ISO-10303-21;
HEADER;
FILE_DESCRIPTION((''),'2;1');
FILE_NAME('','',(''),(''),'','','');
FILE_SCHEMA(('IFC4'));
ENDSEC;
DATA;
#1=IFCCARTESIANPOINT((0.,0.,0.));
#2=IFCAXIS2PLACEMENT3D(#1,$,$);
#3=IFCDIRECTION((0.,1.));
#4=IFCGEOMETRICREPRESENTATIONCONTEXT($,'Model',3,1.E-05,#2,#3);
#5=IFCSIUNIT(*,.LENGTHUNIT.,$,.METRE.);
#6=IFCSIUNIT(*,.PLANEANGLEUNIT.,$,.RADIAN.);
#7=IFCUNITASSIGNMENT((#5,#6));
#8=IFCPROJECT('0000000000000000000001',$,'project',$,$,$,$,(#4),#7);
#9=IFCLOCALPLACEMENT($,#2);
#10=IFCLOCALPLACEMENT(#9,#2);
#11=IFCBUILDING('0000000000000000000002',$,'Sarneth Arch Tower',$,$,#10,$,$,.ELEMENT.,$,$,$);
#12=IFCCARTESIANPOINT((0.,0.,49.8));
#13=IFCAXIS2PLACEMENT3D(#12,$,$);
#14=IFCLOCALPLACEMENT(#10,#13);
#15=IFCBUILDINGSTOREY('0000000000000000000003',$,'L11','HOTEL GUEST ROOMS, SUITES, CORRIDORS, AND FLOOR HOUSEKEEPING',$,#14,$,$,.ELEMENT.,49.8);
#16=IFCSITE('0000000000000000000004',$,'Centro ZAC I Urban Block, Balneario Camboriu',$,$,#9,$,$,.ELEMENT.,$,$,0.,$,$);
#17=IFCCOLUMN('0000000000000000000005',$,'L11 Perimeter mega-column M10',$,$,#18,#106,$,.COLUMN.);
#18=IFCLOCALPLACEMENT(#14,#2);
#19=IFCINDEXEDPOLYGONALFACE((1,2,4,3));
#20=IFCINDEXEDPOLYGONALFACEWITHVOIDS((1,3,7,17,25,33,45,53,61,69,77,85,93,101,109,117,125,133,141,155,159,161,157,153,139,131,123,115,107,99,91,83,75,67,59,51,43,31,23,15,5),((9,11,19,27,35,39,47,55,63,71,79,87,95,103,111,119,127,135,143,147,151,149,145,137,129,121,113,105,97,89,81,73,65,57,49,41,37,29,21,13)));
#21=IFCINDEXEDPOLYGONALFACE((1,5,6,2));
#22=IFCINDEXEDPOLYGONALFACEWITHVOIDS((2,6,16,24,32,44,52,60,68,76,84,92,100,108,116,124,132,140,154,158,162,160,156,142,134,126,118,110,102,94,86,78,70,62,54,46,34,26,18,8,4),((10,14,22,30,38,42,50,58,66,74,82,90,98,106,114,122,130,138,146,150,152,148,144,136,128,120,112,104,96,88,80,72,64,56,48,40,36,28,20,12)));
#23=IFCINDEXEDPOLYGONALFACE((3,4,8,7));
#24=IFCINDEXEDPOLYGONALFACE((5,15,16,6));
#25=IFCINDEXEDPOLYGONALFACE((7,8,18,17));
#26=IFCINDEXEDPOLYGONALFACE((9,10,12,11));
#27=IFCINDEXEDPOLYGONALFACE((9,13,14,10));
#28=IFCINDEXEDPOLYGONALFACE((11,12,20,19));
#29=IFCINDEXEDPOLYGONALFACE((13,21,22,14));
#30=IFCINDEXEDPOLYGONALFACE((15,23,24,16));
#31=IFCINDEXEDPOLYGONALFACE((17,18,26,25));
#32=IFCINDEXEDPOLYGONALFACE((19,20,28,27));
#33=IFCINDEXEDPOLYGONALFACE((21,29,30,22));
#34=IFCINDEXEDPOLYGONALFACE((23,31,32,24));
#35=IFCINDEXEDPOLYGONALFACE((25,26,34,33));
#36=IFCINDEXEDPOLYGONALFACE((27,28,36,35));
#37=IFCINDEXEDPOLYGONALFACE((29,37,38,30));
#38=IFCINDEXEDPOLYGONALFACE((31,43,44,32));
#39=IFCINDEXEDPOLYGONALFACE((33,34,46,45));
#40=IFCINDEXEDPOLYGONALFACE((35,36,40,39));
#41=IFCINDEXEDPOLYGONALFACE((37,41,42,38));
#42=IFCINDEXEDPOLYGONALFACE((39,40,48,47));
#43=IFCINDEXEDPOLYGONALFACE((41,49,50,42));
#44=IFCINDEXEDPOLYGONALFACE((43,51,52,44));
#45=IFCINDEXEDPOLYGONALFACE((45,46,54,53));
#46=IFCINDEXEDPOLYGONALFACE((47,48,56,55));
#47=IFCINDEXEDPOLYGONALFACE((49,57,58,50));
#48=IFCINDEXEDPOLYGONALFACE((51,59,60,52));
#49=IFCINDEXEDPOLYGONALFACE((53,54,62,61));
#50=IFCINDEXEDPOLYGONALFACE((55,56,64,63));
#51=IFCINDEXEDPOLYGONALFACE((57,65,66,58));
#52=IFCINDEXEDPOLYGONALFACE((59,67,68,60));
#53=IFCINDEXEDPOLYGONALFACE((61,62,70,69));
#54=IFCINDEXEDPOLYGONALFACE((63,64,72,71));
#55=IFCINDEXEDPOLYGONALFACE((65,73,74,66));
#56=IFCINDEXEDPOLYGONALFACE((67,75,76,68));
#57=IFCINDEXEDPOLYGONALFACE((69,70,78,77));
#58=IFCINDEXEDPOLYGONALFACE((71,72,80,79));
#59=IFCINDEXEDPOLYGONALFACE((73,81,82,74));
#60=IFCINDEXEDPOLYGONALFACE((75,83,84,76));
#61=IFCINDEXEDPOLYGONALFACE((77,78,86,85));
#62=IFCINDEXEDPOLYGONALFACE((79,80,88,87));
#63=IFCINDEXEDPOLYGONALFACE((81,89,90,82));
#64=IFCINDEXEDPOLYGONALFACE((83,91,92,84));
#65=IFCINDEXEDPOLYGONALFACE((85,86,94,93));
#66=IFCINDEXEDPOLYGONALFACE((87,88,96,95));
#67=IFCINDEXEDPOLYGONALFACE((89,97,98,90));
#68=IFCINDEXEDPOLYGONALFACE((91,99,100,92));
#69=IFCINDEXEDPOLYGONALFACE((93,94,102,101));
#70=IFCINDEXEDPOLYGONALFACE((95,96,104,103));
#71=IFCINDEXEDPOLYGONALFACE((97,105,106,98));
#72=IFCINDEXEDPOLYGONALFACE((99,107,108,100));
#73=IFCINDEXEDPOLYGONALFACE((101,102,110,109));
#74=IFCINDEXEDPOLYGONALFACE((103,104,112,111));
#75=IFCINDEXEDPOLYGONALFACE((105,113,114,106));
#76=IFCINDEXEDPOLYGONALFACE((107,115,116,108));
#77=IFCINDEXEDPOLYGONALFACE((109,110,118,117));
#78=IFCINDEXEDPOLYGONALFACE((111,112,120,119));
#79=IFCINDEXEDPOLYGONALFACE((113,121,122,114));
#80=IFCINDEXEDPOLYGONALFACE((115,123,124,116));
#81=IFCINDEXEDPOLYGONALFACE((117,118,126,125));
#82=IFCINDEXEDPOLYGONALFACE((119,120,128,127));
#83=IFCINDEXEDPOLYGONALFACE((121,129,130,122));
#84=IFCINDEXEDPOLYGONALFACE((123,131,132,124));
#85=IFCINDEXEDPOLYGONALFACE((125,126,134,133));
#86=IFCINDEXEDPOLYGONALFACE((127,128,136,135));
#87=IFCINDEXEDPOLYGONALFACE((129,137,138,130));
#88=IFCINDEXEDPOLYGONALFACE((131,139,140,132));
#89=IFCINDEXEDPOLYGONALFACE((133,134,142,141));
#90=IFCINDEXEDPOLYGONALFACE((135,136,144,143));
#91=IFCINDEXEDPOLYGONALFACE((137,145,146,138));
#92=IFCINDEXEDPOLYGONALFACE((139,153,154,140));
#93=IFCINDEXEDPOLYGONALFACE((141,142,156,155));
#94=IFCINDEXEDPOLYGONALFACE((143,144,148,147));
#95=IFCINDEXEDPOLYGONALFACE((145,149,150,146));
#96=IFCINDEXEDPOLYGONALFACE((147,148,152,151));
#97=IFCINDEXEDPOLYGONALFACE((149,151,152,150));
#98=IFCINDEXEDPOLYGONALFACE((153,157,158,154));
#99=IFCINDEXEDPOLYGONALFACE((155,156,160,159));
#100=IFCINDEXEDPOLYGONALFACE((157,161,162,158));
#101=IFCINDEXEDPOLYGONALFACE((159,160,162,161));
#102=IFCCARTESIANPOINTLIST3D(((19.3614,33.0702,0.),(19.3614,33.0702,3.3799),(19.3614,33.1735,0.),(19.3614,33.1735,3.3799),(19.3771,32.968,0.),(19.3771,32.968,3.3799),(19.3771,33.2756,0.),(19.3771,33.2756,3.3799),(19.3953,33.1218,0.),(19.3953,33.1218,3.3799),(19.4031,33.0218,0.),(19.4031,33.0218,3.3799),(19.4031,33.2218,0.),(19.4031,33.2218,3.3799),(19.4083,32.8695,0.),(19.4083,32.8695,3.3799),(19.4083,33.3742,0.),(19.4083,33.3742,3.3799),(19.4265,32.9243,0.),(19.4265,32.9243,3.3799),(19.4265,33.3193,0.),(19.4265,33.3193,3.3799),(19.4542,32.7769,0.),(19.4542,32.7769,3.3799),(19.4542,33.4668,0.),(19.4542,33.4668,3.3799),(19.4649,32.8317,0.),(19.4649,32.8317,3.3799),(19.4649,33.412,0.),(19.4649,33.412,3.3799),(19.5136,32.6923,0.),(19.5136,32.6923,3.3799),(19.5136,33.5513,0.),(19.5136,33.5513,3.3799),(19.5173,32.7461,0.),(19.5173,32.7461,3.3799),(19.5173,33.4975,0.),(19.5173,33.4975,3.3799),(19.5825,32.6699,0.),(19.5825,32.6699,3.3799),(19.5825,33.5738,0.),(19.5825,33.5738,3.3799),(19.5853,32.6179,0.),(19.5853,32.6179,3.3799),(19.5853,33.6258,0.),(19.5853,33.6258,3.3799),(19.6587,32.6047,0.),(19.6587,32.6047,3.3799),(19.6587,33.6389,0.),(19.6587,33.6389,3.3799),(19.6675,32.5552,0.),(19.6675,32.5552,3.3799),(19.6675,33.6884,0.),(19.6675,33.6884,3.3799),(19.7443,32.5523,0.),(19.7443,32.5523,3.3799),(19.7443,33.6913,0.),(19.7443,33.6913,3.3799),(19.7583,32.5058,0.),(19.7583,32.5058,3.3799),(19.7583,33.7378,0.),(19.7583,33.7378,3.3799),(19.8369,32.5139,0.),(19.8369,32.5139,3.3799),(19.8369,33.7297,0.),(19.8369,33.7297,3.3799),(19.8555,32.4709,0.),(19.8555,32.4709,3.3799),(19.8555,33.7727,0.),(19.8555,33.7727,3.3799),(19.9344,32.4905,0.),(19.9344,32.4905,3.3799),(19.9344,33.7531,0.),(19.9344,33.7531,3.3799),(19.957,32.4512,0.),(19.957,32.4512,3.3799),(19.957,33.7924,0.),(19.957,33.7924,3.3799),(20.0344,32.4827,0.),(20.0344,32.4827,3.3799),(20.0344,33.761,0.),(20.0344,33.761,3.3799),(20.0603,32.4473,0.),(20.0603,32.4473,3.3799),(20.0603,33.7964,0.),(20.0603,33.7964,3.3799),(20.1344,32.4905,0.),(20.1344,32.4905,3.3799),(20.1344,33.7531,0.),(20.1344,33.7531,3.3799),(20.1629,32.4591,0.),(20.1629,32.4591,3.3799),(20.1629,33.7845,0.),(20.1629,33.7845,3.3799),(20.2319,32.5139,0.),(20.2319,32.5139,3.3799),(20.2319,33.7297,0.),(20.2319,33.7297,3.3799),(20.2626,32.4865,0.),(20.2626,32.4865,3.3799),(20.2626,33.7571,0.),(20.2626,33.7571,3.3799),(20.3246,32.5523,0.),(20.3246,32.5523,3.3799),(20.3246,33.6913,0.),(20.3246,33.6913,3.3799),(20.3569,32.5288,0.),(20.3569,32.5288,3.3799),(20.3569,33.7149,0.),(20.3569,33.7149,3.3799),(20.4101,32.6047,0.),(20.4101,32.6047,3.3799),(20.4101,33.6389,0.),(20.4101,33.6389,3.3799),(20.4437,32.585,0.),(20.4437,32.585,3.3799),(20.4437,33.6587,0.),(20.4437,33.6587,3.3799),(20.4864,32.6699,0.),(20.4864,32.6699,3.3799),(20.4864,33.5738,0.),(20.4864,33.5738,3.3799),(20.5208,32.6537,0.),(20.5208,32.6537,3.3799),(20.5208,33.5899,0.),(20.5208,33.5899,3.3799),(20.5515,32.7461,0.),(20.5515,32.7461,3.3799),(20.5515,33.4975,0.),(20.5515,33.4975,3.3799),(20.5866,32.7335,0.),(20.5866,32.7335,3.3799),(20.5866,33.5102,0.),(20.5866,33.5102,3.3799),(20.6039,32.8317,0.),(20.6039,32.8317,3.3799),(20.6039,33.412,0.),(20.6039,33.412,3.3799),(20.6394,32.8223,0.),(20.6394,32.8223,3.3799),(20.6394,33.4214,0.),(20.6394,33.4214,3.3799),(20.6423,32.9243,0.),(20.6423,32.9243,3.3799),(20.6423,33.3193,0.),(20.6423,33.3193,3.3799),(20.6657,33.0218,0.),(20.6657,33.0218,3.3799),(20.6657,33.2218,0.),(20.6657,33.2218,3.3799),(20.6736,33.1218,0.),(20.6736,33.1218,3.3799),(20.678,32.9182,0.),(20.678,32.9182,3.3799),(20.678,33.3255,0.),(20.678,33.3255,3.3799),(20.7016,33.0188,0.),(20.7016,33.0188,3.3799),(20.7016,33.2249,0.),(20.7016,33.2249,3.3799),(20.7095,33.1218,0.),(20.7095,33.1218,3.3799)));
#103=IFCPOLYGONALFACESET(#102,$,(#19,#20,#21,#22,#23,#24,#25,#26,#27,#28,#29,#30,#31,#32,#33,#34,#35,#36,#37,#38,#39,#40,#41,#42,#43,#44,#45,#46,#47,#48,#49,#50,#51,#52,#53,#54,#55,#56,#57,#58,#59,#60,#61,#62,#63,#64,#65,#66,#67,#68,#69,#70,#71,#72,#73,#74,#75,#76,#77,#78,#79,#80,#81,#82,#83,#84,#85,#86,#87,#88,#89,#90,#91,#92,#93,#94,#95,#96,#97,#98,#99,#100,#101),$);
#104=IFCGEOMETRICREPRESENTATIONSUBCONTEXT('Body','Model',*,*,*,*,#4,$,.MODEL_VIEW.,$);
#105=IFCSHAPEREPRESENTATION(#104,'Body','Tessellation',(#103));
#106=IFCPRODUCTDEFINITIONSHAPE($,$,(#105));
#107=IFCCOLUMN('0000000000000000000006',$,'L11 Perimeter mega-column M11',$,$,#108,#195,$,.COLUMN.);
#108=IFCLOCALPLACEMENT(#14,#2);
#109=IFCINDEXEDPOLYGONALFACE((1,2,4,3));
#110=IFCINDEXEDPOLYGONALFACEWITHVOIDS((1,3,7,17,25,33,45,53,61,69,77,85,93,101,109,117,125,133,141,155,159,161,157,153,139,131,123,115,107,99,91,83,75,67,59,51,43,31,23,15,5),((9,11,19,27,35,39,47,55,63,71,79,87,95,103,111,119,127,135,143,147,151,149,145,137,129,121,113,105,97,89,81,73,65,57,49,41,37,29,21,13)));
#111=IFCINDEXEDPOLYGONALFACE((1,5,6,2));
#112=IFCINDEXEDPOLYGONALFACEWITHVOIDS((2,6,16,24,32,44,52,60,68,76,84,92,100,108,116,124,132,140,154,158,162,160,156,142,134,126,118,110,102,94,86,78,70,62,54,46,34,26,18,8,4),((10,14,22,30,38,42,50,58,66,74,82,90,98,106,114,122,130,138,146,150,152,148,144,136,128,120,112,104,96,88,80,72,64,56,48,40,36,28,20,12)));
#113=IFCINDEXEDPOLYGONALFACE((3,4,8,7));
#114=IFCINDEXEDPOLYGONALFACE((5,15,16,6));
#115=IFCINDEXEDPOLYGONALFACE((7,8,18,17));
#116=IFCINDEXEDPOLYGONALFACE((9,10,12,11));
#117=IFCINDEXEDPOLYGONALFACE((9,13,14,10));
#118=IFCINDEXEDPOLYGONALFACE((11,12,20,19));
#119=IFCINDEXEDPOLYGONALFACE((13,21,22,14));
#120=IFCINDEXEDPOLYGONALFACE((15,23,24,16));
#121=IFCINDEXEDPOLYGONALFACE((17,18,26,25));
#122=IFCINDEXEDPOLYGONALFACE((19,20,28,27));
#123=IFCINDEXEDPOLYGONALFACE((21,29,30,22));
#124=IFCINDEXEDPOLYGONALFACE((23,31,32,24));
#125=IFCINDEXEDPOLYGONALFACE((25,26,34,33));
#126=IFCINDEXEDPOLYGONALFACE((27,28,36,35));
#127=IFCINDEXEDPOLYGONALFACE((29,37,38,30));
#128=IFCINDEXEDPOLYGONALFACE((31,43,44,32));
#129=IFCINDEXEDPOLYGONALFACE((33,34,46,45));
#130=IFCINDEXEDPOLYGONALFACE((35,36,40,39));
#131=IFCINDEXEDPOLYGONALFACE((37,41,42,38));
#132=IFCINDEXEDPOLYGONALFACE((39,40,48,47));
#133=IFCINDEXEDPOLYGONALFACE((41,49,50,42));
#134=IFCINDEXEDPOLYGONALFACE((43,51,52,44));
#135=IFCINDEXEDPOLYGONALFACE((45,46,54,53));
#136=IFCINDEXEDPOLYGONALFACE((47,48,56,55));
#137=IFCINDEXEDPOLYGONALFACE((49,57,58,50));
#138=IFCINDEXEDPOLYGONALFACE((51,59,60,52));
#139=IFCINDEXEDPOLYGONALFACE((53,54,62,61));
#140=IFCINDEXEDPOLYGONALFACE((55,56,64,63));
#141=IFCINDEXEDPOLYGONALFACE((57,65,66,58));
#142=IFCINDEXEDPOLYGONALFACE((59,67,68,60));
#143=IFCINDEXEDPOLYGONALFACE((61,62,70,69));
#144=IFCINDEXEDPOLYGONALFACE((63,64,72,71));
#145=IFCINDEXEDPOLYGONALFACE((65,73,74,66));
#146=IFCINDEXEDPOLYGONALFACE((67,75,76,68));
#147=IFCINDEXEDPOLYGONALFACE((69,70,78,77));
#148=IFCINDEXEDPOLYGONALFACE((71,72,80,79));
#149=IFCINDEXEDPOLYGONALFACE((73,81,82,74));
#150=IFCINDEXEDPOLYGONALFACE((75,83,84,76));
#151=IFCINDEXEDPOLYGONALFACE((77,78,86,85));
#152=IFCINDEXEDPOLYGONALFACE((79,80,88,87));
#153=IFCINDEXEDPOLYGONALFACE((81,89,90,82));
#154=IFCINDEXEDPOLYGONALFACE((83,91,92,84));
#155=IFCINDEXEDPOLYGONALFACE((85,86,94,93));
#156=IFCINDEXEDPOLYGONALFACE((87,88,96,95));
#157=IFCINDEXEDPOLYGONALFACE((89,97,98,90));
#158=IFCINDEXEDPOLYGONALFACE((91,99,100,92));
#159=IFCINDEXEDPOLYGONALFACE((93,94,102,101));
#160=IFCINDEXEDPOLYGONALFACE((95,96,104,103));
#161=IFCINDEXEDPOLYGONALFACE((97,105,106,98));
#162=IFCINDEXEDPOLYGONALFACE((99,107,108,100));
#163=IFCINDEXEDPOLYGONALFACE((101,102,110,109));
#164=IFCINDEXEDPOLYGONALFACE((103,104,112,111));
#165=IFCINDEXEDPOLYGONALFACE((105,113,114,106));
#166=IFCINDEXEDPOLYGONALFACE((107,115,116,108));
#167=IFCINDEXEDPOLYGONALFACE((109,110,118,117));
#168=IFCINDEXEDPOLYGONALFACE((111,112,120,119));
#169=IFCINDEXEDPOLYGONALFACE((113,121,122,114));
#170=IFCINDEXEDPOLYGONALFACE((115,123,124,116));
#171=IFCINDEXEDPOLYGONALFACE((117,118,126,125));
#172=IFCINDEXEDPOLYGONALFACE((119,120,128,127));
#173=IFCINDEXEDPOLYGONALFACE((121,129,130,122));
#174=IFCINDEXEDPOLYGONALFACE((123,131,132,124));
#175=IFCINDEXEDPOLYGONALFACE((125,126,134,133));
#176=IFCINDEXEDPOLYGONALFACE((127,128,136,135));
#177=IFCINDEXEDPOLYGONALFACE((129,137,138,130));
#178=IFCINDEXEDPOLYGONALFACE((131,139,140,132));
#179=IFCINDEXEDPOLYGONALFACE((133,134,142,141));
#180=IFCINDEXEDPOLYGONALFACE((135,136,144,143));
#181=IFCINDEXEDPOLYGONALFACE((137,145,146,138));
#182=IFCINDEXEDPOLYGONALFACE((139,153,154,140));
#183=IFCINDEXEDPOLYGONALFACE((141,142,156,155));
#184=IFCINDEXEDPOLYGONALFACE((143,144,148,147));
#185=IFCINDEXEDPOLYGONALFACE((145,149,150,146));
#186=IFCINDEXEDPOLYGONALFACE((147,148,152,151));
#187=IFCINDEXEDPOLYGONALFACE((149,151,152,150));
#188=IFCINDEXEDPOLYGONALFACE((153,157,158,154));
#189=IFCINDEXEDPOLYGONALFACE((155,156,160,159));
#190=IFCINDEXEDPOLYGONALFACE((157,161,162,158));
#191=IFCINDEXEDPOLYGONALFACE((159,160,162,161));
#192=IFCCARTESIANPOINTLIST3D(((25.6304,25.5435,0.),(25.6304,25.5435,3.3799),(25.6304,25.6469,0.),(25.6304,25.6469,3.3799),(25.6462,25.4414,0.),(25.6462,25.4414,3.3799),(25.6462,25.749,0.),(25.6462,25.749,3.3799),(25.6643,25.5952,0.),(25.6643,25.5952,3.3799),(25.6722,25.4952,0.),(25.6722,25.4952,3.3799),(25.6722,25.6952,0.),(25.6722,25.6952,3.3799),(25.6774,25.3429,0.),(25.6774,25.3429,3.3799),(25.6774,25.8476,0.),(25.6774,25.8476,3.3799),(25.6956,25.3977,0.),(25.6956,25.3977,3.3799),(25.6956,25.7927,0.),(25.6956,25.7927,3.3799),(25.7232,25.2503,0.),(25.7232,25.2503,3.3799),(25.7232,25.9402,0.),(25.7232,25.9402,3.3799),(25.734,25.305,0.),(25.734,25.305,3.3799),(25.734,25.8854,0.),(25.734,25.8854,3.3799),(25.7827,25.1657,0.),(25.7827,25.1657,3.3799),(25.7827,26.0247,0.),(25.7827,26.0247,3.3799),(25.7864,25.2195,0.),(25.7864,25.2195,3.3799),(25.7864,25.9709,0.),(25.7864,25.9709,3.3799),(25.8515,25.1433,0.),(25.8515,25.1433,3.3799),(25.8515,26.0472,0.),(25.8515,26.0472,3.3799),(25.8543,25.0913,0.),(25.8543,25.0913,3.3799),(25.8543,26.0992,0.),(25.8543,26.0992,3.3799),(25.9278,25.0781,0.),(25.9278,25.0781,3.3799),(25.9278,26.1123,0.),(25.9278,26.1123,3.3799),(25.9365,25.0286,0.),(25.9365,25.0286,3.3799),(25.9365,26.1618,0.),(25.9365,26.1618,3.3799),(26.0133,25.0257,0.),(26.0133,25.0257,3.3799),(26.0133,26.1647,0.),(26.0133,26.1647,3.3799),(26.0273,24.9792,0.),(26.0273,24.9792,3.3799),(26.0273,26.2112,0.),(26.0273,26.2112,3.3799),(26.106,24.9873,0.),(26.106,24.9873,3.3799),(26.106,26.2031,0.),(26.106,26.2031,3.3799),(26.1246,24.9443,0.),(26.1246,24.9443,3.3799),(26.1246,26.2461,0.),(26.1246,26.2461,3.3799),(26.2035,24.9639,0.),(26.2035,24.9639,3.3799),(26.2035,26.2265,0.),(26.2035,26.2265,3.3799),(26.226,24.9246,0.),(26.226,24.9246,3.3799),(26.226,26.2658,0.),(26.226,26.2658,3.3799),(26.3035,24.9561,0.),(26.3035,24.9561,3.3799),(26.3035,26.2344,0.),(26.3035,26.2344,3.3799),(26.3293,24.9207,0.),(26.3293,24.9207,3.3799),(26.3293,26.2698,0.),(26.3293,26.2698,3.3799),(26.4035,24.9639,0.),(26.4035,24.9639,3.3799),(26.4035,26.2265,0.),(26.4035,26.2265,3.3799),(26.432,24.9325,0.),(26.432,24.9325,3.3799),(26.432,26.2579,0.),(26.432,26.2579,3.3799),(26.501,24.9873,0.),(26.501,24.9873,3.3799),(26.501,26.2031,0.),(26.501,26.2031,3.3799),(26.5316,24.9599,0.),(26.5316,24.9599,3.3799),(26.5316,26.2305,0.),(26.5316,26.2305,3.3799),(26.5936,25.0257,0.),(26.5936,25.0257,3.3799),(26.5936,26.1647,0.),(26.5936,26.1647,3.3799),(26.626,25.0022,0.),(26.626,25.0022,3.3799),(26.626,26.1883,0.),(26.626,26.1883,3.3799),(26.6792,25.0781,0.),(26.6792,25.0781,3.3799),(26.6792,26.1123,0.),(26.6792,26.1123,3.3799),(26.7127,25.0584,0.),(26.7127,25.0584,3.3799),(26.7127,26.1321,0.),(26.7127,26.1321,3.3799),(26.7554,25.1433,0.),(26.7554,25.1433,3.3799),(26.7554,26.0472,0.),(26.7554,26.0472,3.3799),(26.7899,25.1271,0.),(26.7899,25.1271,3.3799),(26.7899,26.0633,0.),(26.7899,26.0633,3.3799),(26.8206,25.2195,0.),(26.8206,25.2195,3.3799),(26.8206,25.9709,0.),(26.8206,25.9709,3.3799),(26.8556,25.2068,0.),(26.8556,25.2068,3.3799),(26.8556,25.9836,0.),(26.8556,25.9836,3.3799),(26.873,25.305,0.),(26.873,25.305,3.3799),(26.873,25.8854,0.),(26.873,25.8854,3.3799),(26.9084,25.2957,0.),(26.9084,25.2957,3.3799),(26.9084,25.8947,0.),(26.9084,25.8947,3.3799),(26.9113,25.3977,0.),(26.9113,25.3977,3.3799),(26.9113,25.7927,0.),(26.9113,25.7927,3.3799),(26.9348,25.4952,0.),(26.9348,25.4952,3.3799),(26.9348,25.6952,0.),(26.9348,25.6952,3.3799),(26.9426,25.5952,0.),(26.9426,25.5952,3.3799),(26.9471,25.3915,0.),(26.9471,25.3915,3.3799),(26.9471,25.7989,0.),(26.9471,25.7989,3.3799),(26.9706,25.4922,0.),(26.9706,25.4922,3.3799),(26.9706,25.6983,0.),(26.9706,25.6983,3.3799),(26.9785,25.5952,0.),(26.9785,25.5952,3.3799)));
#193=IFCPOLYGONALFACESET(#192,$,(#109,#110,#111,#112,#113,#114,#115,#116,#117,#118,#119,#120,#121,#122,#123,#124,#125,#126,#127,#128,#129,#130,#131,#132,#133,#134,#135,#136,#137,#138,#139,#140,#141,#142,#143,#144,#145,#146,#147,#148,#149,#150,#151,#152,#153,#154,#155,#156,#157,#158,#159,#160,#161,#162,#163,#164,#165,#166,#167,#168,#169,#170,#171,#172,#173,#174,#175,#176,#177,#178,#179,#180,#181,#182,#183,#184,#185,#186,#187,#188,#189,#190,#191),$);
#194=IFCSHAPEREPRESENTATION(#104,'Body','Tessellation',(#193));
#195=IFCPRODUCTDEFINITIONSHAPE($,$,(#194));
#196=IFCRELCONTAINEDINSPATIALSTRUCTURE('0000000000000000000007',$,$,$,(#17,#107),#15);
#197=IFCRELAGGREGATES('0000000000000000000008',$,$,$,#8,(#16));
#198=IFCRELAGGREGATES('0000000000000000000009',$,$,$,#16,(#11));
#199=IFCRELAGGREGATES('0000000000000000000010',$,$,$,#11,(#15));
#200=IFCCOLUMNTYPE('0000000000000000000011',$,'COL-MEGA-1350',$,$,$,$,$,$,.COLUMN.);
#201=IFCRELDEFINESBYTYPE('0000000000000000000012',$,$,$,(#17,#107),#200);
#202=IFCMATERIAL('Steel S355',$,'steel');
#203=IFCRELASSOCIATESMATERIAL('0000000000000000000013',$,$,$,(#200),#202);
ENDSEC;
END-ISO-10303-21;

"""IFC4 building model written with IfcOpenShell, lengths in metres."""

from ifc_helpers import new_model, si_unit, direction, frame, origin, origin_2d, place, context, subcontext, project, spatial, hollow_circle, extrude, material, material_profile, profile_set, type_object, element, save


model = new_model("IFC4")

# Units and contexts
model_context = context("Model", 3, precision=1e-05, world=origin(), true_north=direction((0.0, 1.0)))
body_context = subcontext(model_context, "Body", "Model", "MODEL_VIEW")
ifc_project = project(units=[si_unit("LENGTHUNIT", "METRE"), si_unit("PLANEANGLEUNIT", "RADIAN")], contexts=[model_context])

# Site, building, storey
site_placement = place(None, origin())
site = spatial("IfcSite", under=ifc_project, at=site_placement, Name="Centro ZAC I Urban Block, Balneario Camboriu", CompositionType="ELEMENT", RefElevation=0.0)
building_placement = place(site_placement, origin())
building = spatial("IfcBuilding", under=site, at=building_placement, Name="Sarneth Arch Tower", CompositionType="ELEMENT")
storey_placement = place(building_placement, frame((0.0, 0.0, 49.8)))
storey = spatial("IfcBuildingStorey", under=building, at=storey_placement, Name="L11", Description="HOTEL GUEST ROOMS, SUITES, CORRIDORS, AND FLOOR HOUSEKEEPING", CompositionType="ELEMENT", Elevation=49.8)

# Columns
ifc_material_1 = material(Name="Steel S355", Category="steel")
ifc_material_profile_1 = material_profile(ifc_material_1, hollow_circle(Radius=0.675, WallThickness=0.0359, at=origin_2d()), Name="CHS1350x36")
ifc_profile_set_1 = profile_set([ifc_material_profile_1], Name="Steel S355")
column_type = type_object("IfcColumnType", Name="COL-MEGA-1350", PredefinedType="COLUMN", material=ifc_profile_set_1)
for number, where, z_axis, x_axis, name in (
    (1, (20.0344, 33.1218, 0.0), (0.0, 0.0, 1.0), (1.0, 0.0, 0.0), "L11 Perimeter mega-column M10"),
    (2, (26.3035, 25.5952, 0.0), (0.0, 0.0, 1.0), (1.0, 0.0, 0.0), "L11 Perimeter mega-column M11"),
):
    element("IfcColumn", number, at=place(storey_placement, frame(where, z_axis=z_axis, x_axis=x_axis)), inside=storey, type_object=column_type, Name=name, PredefinedType="COLUMN", context=body_context, shape_type="SweptSolid", body=[
        extrude(hollow_circle(Radius=0.675, WallThickness=0.0359, at=origin_2d()), origin(), (0.0, 0.0, 1.0), 3.3799),
    ])

save(model, "model.ifc")
